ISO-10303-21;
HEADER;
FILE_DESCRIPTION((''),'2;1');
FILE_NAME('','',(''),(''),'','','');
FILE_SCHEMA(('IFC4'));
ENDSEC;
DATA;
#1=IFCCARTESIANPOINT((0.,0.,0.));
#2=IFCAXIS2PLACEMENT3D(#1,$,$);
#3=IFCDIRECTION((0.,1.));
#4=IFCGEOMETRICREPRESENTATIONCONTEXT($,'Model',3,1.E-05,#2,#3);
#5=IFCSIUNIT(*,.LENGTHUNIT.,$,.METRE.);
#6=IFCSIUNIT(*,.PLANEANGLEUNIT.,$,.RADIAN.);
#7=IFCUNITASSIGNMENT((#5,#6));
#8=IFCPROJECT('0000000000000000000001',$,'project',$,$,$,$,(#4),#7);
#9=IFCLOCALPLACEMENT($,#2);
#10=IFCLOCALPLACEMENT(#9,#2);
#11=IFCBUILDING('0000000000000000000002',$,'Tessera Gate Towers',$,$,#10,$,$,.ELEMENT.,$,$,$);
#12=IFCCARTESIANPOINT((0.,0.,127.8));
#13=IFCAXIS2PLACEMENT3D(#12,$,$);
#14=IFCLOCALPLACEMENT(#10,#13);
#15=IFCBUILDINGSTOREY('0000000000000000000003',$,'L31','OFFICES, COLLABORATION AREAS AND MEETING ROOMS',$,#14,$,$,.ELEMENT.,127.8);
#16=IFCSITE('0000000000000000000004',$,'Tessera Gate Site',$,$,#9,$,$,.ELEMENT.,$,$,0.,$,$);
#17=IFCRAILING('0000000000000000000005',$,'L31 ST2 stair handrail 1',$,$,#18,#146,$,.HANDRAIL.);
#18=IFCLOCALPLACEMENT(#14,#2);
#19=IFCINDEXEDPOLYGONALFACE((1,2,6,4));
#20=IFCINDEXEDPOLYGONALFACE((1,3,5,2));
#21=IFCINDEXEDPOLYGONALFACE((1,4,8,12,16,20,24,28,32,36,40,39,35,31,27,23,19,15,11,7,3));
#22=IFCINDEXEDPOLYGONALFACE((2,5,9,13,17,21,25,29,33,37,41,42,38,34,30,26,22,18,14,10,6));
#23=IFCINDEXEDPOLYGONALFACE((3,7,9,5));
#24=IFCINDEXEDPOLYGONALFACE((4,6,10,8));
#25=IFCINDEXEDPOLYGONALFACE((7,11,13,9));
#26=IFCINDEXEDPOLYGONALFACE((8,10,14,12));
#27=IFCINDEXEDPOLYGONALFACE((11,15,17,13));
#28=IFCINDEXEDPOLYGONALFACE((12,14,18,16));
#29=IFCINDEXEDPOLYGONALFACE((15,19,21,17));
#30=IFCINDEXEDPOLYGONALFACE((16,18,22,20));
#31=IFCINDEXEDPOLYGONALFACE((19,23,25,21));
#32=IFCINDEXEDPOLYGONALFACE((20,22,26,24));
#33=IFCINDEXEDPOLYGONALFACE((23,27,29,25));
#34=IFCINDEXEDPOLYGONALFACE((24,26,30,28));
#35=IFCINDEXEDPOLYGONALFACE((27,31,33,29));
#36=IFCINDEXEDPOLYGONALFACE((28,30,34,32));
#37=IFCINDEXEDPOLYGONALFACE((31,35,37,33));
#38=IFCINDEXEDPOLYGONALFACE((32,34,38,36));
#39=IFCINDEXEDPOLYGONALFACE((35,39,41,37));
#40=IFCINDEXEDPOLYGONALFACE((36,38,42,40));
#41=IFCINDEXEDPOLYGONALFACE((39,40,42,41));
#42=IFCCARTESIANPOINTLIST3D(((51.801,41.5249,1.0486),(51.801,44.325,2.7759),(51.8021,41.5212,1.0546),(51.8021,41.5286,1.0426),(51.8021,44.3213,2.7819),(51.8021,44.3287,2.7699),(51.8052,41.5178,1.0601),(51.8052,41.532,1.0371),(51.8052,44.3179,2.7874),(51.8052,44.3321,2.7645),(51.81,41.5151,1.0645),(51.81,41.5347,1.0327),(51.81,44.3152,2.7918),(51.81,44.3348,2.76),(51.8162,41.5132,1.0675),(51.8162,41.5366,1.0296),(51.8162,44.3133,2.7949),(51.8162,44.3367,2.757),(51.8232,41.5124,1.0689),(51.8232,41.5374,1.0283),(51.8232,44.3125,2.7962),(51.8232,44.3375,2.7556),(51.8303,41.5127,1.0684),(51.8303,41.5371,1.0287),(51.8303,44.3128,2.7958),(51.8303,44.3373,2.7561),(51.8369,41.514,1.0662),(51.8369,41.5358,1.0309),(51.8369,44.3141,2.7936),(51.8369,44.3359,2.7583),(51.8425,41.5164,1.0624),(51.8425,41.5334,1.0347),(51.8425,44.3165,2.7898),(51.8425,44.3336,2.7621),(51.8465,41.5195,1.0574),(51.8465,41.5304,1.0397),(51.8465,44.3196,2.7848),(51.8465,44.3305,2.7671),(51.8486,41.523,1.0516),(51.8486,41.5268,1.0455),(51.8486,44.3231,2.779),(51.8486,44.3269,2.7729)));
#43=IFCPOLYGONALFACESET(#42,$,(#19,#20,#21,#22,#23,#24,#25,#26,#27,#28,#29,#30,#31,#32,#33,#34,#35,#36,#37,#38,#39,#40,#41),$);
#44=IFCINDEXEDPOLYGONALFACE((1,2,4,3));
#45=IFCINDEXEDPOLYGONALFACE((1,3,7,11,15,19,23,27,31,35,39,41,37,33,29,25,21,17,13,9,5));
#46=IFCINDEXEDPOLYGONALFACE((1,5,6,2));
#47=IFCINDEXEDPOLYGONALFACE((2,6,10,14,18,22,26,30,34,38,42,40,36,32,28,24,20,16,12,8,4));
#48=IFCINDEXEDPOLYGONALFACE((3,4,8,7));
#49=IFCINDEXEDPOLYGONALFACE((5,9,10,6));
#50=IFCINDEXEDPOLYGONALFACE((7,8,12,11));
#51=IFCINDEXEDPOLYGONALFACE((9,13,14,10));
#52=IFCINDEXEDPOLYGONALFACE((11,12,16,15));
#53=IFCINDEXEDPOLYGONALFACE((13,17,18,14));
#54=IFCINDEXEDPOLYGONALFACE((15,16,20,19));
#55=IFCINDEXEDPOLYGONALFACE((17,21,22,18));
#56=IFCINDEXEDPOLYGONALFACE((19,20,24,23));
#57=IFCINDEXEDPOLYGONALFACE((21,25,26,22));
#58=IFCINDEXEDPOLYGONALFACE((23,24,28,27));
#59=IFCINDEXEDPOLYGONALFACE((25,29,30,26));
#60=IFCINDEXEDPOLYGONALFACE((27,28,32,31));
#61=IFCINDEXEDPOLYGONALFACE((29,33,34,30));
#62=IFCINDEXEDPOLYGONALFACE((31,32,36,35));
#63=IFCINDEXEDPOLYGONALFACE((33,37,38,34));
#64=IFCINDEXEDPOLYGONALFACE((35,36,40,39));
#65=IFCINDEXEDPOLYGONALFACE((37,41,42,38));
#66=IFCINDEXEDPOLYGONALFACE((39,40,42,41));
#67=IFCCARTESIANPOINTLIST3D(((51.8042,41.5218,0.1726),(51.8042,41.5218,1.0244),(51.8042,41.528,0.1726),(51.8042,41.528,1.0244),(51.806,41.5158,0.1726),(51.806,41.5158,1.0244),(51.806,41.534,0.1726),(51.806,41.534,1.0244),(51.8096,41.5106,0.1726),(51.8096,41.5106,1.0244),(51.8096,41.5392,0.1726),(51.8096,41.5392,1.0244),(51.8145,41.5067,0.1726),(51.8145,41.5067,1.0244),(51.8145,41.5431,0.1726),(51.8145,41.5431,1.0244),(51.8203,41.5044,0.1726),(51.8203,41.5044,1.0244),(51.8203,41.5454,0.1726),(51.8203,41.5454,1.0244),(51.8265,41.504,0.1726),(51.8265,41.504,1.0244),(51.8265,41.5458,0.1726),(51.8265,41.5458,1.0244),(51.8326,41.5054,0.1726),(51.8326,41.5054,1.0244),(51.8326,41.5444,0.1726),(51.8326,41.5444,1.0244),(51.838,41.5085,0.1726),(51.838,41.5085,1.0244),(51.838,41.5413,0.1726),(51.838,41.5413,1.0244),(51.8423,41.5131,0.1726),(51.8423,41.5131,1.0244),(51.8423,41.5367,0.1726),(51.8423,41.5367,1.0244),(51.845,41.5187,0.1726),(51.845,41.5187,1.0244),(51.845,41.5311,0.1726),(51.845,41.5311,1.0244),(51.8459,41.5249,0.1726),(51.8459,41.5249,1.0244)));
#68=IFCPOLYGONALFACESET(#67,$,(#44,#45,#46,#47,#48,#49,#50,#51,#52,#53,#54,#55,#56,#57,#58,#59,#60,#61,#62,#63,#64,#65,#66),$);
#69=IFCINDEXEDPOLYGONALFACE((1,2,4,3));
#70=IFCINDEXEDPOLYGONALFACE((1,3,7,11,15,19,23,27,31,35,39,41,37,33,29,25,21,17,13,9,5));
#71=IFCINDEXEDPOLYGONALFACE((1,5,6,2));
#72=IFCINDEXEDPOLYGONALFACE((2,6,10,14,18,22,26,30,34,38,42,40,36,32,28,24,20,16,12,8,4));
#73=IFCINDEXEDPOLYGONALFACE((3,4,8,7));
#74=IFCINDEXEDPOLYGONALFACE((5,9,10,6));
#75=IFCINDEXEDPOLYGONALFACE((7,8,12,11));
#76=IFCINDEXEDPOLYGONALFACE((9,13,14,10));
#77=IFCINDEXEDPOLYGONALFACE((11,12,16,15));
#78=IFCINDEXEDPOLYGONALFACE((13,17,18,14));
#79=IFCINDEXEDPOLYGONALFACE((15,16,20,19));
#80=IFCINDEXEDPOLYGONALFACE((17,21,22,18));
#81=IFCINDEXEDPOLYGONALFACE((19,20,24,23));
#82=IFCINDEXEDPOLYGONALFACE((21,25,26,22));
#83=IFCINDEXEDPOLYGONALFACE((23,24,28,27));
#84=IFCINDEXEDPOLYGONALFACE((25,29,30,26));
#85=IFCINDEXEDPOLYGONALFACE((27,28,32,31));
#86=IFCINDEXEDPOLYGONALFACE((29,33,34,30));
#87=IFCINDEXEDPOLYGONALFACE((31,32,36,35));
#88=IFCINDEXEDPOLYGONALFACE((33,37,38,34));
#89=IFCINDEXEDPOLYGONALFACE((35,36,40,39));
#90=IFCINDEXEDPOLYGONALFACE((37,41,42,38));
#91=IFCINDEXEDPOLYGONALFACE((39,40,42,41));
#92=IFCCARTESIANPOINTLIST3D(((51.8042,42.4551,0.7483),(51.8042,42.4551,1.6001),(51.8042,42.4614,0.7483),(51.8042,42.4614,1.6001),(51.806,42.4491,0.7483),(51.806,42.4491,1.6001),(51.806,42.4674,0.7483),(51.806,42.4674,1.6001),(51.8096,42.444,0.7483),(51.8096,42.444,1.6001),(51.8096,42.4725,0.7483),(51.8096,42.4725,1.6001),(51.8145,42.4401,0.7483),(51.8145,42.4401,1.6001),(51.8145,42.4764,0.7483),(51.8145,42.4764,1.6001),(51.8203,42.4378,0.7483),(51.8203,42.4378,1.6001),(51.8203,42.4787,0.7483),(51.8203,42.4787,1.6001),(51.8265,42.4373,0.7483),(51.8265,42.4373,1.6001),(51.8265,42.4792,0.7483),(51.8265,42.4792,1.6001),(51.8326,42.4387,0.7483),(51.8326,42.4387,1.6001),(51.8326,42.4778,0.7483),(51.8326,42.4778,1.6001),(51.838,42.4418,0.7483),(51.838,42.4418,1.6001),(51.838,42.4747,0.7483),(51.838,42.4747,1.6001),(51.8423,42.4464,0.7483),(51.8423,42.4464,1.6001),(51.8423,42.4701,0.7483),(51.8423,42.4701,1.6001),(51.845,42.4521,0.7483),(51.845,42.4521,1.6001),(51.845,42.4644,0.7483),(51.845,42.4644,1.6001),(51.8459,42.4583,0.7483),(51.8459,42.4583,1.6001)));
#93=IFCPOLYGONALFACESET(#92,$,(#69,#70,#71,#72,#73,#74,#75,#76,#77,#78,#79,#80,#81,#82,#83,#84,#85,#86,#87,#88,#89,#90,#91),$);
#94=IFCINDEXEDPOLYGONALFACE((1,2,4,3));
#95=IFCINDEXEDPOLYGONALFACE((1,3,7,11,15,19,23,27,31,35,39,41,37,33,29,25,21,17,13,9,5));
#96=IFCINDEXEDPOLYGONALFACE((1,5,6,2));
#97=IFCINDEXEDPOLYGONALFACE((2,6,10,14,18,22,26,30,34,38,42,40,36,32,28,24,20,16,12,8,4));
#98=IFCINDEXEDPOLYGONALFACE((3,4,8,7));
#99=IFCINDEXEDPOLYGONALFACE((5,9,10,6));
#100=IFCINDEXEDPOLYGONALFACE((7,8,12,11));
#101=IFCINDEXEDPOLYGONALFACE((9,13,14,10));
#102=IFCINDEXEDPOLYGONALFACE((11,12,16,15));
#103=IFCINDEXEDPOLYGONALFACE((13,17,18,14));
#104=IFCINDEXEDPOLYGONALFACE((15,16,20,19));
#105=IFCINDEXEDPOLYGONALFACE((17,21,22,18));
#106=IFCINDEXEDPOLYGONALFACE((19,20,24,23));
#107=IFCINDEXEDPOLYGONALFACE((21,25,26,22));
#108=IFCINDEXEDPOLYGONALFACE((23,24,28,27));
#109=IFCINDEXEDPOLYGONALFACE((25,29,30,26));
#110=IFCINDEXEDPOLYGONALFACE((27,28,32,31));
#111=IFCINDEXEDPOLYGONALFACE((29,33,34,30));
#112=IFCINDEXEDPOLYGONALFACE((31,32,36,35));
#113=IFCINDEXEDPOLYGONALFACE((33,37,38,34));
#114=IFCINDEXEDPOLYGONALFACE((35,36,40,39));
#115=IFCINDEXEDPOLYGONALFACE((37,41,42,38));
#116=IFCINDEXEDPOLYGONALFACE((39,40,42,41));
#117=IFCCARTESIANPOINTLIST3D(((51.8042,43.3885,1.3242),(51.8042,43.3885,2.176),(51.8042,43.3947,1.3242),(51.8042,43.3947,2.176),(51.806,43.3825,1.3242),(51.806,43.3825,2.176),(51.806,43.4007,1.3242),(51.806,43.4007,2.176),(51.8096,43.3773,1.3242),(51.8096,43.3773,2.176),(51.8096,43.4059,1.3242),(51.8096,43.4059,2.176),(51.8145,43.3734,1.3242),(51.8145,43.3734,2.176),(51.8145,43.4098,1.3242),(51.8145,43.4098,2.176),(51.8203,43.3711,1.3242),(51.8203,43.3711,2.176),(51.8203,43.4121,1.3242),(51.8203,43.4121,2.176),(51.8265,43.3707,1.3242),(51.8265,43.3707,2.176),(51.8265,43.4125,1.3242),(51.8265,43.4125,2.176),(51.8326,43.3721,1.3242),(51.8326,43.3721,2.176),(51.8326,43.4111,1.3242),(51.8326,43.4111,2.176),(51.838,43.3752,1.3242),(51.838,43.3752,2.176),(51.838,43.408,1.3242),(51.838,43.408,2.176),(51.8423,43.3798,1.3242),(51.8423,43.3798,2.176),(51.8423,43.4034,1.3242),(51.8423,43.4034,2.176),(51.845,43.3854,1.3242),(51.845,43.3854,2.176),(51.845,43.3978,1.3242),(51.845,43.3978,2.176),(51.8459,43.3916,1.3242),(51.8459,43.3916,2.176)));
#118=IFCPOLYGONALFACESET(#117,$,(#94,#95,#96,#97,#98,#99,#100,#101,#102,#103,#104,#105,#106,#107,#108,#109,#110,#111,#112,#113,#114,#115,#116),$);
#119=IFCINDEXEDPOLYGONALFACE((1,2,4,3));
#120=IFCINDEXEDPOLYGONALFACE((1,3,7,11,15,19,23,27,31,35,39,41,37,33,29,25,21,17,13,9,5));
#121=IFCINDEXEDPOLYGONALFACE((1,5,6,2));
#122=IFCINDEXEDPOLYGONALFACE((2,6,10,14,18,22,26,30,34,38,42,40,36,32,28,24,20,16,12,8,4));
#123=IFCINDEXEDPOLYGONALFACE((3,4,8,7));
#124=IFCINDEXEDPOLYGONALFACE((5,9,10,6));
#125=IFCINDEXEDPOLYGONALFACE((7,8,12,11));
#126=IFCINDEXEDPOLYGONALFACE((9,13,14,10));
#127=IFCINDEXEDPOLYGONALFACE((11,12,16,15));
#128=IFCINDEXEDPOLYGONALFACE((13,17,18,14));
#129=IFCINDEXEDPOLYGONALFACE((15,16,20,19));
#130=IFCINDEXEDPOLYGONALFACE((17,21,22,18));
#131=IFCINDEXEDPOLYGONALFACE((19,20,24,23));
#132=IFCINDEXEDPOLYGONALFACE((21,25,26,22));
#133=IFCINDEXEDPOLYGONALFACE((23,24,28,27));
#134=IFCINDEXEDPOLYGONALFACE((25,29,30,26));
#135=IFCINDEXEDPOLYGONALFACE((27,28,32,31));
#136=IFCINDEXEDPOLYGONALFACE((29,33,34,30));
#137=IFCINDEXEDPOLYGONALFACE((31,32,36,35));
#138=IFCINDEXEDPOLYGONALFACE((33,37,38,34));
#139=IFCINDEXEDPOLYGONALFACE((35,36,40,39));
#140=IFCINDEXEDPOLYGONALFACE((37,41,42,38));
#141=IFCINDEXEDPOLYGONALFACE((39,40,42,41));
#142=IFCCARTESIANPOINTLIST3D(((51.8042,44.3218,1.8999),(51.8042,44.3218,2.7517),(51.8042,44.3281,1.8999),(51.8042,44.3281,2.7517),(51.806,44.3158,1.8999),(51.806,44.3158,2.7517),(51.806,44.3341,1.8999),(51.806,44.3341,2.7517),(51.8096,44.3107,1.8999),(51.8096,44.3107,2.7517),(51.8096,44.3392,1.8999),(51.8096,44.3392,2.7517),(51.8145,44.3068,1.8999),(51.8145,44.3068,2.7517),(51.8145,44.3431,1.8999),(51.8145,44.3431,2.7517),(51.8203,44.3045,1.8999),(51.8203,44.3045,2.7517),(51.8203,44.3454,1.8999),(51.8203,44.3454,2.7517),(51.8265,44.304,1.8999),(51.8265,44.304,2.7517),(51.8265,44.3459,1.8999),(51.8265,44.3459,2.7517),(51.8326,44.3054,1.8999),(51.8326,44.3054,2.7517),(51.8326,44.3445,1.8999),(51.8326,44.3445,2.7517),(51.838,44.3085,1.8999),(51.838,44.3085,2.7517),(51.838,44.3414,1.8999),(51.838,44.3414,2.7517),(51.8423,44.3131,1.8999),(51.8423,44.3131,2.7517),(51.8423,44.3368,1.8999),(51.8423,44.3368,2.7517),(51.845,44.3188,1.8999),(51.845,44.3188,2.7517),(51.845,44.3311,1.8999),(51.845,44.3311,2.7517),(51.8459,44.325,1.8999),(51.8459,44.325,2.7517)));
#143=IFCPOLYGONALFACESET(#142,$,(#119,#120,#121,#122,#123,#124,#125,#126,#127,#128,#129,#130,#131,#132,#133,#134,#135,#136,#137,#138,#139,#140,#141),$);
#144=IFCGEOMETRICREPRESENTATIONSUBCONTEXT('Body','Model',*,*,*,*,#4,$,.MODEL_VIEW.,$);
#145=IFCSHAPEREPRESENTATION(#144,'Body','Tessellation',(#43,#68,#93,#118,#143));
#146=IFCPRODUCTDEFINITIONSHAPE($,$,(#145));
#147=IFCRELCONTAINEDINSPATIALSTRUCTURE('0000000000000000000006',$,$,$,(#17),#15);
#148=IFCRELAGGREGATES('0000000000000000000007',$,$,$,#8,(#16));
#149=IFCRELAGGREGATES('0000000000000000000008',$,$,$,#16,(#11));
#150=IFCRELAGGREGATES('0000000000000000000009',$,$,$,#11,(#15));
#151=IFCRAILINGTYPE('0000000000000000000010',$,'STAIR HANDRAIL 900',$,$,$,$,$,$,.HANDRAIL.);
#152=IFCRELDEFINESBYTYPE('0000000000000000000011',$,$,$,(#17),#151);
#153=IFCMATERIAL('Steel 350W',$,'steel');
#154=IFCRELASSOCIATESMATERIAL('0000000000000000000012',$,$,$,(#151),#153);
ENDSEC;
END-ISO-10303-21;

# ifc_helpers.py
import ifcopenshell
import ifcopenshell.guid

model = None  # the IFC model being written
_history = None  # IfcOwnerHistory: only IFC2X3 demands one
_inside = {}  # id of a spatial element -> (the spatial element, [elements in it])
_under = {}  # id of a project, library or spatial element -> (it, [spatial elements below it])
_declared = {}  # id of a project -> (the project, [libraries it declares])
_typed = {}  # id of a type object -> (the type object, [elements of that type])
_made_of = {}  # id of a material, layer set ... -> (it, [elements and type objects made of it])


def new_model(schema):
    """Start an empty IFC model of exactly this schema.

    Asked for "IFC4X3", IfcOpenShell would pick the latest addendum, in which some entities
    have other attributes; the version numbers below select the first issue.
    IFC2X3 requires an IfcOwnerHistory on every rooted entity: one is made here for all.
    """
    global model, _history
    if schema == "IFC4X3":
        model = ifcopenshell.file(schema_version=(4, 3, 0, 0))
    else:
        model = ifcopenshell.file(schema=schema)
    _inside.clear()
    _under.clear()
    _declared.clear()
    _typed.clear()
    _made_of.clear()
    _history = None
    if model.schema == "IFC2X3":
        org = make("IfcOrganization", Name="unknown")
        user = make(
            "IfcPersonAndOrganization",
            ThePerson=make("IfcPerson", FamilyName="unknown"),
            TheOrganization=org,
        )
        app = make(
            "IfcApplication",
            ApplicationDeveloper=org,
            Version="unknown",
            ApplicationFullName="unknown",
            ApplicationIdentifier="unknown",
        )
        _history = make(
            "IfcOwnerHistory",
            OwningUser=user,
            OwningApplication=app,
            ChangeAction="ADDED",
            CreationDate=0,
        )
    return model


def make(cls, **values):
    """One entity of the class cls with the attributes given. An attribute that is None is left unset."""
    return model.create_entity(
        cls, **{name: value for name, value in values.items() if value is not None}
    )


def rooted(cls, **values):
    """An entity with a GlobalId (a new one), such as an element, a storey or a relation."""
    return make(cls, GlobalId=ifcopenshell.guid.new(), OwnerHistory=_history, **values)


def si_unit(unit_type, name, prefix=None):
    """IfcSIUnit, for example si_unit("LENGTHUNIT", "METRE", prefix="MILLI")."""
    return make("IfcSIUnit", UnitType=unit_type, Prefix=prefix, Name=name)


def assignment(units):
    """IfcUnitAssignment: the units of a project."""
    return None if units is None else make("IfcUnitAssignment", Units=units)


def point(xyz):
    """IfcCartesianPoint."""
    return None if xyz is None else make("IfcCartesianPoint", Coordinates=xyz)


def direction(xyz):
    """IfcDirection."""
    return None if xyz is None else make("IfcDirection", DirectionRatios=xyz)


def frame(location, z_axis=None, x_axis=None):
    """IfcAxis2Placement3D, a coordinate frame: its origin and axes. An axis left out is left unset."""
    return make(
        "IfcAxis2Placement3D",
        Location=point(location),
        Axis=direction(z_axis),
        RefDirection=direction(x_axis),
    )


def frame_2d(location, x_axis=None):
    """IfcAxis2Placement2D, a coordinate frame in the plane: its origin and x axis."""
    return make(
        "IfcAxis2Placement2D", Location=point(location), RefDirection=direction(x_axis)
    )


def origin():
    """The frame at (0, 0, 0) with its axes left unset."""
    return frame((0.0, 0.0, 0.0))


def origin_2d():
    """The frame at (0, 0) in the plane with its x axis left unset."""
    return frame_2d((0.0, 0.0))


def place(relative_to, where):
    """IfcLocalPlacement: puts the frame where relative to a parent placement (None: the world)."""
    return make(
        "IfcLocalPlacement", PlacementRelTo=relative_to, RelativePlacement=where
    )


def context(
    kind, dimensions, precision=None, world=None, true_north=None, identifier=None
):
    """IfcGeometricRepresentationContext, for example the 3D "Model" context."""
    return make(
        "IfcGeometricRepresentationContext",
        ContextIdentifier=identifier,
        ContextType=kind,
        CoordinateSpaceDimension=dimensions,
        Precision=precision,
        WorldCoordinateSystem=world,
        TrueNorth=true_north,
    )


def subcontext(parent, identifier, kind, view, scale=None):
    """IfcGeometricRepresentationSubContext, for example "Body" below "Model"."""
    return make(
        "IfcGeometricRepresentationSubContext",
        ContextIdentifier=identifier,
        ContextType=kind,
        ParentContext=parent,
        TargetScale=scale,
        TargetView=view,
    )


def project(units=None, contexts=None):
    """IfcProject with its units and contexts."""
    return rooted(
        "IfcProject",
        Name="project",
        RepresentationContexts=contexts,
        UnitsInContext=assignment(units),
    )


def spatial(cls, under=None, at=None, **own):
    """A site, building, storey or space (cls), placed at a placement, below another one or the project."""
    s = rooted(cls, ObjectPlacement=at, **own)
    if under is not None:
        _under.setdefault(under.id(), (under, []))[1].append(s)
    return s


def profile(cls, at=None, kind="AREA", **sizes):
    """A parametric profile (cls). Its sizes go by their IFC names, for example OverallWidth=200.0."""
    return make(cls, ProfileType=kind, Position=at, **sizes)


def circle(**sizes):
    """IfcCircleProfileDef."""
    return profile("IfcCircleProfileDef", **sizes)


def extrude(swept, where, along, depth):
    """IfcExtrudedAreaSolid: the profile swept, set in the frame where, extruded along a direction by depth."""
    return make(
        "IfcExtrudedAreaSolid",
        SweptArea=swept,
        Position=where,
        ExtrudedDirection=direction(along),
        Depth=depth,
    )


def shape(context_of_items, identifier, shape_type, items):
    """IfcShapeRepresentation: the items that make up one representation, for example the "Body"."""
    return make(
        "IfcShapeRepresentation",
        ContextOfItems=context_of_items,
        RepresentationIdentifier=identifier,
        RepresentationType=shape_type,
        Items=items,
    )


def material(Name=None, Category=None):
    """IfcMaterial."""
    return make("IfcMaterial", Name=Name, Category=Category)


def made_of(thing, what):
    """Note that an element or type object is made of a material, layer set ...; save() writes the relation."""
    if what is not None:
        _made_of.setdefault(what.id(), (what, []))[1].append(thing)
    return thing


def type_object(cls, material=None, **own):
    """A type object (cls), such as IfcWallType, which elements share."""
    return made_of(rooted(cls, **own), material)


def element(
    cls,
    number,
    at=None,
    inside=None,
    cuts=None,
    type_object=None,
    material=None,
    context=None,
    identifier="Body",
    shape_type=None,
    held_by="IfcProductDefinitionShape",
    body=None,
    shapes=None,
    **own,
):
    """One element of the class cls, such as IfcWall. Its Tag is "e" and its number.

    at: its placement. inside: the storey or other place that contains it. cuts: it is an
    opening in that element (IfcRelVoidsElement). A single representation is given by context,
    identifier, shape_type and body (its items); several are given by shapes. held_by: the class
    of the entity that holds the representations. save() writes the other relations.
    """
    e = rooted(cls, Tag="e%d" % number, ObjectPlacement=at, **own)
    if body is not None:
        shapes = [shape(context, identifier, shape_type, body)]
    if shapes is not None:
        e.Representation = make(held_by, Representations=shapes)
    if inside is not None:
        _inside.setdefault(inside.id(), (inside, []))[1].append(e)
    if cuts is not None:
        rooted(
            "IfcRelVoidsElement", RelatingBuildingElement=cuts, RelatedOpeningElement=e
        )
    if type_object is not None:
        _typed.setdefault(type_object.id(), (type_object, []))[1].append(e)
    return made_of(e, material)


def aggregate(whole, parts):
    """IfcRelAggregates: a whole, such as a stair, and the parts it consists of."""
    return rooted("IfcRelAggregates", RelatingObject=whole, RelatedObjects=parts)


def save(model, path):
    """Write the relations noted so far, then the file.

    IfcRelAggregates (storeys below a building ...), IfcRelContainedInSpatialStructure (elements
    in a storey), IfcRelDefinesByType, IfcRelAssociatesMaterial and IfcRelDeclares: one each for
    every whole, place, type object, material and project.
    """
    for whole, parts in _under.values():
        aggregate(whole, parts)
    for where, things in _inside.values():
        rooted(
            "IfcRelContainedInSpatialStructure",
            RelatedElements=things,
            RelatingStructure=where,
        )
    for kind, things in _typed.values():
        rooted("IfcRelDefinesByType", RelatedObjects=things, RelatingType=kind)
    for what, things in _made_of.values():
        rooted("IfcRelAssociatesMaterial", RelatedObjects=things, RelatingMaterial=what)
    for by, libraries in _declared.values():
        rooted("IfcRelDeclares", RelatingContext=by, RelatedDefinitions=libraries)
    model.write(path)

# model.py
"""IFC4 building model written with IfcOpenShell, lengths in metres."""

from ifc_helpers import new_model, si_unit, direction, frame, origin, origin_2d, place, context, subcontext, project, spatial, circle, extrude, material, type_object, element, save


model = new_model("IFC4")

# Units and contexts
model_context = context("Model", 3, precision=1e-05, world=origin(), true_north=direction((0.0, 1.0)))
body_context = subcontext(model_context, "Body", "Model", "MODEL_VIEW")
ifc_project = project(units=[si_unit("LENGTHUNIT", "METRE"), si_unit("PLANEANGLEUNIT", "RADIAN")], contexts=[model_context])

# Site, building, storey
site_placement = place(None, origin())
site = spatial("IfcSite", under=ifc_project, at=site_placement, Name="Tessera Gate Site", CompositionType="ELEMENT", RefElevation=0.0)
building_placement = place(site_placement, origin())
building = spatial("IfcBuilding", under=site, at=building_placement, Name="Tessera Gate Towers", CompositionType="ELEMENT")
storey_placement = place(building_placement, frame((0.0, 0.0, 127.8)))
storey = spatial("IfcBuildingStorey", under=building, at=storey_placement, Name="L31", Description="OFFICES, COLLABORATION AREAS AND MEETING ROOMS", CompositionType="ELEMENT", Elevation=127.8)

# Railing
ifc_material_1 = material(Name="Steel 350W", Category="steel")
railing_type_1 = type_object("IfcRailingType", Name="STAIR HANDRAIL 900", PredefinedType="HANDRAIL", material=ifc_material_1)
railing_1_placement = place(storey_placement, frame((51.825, 41.5249, 0.1726)))
element("IfcRailing", 1, at=railing_1_placement, inside=storey, type_object=railing_type_1, Name="L31 ST2 stair handrail 1", PredefinedType="HANDRAIL", context=body_context, shape_type="SweptSolid", body=[
    extrude(circle(Radius=0.0239, at=origin_2d()), frame((0.0, 0.0, 0.876), z_axis=(0.0, 0.85109, 0.52502), x_axis=(-1.0, 0.0, 0.0)), (0.0, 0.0, 1.0), 3.29),
    extrude(circle(Radius=0.021, at=origin_2d()), origin(), (0.0, 0.0, 1.0), 0.8518),
    extrude(circle(Radius=0.021, at=origin_2d()), frame((0.0, 0.9333, 0.5757)), (0.0, 0.0, 1.0), 0.8518),
    extrude(circle(Radius=0.021, at=origin_2d()), frame((0.0, 1.8667, 1.1516)), (0.0, 0.0, 1.0), 0.8518),
    extrude(circle(Radius=0.021, at=origin_2d()), frame((0.0, 2.8, 1.7273)), (0.0, 0.0, 1.0), 0.8518),
])

save(model, "model.ifc")
